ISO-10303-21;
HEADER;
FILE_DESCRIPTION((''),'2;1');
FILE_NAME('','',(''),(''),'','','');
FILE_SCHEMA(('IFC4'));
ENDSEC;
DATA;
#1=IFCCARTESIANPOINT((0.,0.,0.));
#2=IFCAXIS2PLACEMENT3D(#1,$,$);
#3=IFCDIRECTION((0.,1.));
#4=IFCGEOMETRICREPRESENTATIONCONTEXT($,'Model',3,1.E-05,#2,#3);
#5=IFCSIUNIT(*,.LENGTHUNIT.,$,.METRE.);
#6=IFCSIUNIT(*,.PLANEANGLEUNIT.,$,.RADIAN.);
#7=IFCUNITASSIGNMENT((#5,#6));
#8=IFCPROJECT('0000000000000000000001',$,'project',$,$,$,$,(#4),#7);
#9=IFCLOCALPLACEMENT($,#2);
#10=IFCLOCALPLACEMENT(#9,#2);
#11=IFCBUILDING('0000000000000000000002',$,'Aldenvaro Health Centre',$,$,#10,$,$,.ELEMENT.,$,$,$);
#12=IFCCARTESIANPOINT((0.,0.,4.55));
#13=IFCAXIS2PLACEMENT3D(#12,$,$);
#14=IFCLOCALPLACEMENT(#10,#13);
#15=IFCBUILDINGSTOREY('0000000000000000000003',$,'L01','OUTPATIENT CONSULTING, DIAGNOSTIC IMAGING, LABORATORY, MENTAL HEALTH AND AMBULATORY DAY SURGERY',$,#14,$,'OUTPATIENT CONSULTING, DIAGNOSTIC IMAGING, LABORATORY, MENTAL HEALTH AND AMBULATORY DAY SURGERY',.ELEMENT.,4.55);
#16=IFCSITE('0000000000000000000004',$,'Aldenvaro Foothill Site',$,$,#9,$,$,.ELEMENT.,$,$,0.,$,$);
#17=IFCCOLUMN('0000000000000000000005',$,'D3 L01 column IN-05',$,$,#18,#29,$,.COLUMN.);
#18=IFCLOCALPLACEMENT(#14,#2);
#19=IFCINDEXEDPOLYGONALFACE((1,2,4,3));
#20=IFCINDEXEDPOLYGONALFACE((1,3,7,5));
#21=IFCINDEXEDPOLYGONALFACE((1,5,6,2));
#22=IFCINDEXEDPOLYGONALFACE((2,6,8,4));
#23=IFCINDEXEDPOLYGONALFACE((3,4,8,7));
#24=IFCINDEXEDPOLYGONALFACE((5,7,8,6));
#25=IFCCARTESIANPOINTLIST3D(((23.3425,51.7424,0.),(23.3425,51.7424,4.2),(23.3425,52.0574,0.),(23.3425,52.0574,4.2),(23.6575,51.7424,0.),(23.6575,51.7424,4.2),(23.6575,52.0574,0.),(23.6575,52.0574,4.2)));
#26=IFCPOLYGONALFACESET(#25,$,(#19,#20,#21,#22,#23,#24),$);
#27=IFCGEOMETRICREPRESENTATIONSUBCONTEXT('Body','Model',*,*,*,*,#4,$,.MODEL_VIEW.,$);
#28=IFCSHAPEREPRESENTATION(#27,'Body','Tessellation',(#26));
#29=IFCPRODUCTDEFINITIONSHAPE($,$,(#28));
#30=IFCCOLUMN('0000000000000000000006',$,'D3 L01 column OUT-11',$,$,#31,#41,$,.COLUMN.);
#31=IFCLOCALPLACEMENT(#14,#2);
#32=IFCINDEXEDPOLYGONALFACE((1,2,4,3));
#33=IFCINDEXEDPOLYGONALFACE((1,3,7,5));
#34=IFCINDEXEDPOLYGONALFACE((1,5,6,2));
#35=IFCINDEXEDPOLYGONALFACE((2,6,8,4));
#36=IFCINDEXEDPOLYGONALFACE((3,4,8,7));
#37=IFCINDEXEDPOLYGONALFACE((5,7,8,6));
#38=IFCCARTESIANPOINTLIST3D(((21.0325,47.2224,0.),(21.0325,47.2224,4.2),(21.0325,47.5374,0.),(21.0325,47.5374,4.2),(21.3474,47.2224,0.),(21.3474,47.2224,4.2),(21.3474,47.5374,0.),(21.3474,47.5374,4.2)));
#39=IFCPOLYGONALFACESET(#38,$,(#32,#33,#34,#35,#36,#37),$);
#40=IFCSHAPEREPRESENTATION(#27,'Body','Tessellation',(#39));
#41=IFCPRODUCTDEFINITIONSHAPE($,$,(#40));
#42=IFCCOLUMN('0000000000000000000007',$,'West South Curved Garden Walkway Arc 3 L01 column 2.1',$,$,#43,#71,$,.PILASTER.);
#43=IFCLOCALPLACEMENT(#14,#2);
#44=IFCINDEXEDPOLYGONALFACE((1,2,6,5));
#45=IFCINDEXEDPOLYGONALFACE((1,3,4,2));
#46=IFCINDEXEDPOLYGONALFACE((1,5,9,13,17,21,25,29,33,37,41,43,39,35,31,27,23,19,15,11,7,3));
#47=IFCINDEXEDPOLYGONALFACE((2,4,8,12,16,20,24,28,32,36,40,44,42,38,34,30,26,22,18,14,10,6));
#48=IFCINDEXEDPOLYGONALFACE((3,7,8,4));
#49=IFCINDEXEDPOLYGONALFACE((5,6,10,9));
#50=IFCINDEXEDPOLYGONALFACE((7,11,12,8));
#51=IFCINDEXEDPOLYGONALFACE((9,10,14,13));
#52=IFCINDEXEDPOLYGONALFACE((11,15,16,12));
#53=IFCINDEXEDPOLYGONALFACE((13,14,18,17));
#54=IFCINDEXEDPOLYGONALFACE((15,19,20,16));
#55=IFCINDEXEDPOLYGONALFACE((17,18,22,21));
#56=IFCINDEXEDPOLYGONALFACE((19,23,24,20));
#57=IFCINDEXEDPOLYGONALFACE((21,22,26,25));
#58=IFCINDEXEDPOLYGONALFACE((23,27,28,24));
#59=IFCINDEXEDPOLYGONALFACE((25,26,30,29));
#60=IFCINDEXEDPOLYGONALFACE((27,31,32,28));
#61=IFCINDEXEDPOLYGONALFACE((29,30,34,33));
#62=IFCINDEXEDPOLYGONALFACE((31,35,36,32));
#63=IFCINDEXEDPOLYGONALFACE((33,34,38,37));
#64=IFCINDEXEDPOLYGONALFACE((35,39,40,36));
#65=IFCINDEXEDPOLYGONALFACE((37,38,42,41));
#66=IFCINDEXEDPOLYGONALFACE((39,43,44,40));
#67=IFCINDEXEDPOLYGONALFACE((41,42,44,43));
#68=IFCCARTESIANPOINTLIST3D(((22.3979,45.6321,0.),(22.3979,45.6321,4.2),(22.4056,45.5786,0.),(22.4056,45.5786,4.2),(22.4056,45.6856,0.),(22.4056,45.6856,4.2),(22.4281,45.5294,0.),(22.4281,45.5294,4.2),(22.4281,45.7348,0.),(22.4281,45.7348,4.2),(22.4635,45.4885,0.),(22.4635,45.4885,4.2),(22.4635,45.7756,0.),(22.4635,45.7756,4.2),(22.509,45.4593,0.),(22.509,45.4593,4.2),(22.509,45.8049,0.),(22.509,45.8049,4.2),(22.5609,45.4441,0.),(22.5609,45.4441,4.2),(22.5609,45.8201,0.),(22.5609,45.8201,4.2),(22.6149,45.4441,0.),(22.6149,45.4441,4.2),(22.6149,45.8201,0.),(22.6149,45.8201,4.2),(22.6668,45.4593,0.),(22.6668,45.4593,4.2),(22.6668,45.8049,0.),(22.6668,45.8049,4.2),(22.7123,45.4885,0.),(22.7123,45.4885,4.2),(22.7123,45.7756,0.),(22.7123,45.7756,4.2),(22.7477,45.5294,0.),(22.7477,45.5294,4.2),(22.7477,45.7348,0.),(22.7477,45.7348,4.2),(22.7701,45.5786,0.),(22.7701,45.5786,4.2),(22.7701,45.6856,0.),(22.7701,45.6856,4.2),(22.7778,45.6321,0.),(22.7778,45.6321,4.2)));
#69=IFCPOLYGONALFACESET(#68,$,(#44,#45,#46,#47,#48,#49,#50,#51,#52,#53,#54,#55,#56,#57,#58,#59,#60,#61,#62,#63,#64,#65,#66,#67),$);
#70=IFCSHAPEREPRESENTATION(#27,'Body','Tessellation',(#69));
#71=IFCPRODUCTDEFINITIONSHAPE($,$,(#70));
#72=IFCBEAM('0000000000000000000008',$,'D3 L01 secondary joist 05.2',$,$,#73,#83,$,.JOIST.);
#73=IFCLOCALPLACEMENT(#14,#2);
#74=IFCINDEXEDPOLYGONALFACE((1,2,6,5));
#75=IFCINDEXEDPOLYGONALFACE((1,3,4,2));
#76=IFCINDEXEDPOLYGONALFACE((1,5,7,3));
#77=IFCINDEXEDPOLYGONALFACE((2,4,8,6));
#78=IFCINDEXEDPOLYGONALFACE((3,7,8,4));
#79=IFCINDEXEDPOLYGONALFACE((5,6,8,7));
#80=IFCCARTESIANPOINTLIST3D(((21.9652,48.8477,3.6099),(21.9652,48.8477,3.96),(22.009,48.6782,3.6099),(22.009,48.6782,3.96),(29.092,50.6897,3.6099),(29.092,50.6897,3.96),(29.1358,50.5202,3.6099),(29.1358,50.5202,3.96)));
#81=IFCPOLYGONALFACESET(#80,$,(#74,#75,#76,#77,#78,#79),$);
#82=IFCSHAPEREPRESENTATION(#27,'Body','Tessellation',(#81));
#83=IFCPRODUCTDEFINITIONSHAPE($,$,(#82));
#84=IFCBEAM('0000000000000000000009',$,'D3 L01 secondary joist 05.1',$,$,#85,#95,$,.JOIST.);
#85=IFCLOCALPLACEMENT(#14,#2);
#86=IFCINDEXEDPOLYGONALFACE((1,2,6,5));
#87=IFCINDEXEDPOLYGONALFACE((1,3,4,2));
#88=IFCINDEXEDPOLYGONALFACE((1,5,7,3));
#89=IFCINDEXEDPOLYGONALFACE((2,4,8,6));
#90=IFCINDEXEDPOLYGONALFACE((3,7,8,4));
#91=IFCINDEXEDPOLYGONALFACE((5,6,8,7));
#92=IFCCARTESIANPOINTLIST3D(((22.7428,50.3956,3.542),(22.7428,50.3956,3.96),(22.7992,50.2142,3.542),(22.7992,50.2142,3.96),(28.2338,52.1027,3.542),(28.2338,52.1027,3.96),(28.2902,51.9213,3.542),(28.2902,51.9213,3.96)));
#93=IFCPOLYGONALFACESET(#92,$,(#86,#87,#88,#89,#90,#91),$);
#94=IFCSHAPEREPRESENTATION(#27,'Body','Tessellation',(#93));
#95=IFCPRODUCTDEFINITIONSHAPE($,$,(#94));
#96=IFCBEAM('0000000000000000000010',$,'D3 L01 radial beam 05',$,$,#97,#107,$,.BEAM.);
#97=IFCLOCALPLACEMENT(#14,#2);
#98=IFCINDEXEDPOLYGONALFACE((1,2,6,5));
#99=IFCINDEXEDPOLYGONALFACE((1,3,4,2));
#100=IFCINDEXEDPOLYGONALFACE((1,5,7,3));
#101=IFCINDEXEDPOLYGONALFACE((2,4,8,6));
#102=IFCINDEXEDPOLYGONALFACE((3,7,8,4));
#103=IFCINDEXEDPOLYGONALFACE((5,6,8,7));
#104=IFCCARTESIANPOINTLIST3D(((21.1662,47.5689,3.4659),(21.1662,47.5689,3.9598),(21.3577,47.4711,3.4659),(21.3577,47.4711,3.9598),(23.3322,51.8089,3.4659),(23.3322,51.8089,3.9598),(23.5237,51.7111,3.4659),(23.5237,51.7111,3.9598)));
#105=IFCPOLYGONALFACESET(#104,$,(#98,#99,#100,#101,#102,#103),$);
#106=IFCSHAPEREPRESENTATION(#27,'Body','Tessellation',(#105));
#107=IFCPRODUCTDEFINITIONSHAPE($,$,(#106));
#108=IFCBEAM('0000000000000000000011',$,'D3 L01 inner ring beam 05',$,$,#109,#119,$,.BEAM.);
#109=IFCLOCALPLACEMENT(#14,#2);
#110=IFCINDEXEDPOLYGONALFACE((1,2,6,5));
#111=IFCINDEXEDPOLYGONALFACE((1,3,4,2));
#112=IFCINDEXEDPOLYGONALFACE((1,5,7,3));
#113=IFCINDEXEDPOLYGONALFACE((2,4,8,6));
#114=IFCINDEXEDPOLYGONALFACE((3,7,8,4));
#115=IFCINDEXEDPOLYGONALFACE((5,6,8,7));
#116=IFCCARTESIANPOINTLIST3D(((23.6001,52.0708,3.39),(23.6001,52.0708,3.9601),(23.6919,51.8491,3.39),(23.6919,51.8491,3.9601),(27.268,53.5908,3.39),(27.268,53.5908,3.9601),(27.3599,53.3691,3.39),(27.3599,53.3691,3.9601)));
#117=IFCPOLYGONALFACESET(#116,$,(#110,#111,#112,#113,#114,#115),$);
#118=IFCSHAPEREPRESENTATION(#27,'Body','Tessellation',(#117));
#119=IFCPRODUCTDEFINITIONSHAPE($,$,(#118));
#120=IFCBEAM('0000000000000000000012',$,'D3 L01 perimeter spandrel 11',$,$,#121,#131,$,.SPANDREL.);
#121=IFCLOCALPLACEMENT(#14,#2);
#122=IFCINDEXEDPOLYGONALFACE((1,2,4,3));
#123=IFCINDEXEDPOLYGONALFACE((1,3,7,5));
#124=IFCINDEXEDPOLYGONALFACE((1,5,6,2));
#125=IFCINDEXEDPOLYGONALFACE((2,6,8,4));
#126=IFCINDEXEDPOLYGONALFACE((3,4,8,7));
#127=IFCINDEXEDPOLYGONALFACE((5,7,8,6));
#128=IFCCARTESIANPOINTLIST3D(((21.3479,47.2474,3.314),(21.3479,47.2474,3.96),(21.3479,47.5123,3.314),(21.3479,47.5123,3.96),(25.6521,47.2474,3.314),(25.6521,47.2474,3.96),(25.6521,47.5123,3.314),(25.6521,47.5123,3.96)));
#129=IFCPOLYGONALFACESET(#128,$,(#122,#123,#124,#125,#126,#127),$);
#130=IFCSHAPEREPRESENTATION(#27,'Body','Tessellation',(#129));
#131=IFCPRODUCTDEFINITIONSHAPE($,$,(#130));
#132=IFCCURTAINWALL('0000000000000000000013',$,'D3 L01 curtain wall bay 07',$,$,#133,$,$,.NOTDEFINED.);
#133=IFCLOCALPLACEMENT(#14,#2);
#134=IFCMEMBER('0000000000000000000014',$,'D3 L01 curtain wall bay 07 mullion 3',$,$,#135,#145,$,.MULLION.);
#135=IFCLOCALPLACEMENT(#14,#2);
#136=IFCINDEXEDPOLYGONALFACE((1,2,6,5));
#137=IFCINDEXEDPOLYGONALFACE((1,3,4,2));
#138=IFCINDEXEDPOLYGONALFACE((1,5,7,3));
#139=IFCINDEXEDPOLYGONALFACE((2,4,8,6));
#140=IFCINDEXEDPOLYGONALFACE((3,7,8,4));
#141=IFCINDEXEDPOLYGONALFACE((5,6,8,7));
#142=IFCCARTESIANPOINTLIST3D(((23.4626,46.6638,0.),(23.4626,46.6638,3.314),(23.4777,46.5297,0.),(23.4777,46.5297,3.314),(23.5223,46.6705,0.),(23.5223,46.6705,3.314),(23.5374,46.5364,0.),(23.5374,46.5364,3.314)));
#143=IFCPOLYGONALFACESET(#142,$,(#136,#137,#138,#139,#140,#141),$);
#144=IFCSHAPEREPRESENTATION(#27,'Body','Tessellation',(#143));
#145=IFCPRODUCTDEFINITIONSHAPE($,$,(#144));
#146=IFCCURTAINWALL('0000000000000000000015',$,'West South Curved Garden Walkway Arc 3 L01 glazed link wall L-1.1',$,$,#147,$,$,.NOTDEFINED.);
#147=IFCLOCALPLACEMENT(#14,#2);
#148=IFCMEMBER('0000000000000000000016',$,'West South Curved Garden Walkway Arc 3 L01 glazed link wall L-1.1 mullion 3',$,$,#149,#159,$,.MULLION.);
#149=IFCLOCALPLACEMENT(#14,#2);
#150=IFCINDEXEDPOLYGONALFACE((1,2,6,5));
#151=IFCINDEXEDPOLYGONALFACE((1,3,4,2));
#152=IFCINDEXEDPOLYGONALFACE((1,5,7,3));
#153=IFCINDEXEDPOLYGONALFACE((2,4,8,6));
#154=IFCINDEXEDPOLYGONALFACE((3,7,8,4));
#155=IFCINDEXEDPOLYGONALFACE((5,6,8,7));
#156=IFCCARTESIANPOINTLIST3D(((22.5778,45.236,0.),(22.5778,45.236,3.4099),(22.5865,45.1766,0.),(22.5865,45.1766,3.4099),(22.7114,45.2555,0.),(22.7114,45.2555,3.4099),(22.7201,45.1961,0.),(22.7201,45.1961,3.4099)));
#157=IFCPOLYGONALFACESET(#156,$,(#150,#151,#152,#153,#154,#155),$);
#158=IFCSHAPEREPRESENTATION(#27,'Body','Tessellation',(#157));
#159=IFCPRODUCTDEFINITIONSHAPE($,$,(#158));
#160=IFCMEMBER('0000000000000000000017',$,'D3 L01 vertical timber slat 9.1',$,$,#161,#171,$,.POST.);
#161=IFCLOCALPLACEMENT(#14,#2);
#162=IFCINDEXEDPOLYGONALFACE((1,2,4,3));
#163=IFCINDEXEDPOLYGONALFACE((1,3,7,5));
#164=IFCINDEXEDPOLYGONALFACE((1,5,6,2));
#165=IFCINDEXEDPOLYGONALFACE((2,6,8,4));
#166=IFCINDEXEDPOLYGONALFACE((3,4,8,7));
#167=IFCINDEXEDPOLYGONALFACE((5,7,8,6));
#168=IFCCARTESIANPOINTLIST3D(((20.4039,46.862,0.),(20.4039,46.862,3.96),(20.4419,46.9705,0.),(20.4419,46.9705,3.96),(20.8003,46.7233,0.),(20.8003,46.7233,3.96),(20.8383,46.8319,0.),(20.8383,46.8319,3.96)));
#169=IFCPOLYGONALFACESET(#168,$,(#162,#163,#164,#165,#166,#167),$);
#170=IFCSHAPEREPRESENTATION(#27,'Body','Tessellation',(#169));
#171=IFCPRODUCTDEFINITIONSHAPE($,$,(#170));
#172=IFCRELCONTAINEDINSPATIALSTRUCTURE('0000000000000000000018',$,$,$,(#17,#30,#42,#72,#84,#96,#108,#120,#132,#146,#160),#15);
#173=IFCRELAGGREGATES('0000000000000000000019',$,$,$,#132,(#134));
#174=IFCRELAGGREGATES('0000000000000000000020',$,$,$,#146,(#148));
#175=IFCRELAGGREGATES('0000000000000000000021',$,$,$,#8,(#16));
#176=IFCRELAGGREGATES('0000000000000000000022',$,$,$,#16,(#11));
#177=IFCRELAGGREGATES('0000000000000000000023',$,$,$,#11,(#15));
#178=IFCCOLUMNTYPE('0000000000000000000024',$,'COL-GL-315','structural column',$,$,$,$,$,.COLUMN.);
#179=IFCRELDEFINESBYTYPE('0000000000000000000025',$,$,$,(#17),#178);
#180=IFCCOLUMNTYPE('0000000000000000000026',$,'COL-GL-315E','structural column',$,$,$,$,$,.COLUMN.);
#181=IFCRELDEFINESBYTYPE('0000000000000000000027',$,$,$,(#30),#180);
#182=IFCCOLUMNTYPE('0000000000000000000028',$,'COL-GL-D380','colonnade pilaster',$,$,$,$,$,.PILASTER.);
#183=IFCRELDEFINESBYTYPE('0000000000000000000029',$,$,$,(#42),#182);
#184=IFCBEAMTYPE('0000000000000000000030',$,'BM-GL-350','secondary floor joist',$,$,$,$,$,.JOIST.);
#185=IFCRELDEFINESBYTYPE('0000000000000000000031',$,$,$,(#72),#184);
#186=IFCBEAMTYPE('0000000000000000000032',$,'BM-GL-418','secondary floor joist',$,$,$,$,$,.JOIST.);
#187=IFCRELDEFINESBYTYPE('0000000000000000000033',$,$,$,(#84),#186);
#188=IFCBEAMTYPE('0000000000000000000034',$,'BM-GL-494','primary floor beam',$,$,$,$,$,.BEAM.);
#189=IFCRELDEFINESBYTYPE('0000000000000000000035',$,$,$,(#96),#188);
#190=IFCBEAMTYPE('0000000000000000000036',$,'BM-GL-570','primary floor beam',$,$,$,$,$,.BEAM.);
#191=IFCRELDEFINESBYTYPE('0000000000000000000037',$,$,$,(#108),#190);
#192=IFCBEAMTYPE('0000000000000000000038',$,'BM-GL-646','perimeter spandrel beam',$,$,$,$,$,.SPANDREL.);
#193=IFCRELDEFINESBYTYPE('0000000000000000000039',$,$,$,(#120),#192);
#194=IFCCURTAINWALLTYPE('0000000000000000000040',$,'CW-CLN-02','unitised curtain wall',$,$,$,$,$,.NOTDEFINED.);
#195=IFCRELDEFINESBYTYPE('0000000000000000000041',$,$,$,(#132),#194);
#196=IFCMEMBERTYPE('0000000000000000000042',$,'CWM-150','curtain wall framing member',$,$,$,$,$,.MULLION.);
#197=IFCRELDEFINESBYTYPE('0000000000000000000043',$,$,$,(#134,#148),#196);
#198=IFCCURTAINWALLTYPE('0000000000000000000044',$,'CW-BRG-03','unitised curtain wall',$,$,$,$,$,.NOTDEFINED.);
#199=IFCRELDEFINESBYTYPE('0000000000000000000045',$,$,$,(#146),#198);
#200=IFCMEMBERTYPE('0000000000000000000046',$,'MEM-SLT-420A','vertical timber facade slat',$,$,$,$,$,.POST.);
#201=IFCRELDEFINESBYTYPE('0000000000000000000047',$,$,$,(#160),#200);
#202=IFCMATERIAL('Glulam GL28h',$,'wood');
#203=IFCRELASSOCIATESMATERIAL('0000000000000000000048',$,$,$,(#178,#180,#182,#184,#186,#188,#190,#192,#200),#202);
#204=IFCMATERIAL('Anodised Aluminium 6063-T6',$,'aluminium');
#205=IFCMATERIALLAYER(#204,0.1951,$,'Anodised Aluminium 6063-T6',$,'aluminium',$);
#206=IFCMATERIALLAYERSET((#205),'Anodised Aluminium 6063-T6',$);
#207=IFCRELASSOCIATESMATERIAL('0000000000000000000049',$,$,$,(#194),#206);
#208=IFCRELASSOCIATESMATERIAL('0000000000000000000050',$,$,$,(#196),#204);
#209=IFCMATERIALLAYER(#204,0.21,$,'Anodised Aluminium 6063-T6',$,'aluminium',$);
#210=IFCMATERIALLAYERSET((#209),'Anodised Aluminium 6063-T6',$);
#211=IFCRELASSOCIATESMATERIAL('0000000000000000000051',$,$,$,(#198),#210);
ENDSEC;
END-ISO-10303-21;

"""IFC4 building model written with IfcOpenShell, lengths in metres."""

from ifc_helpers import new_model, si_unit, direction, frame, origin, origin_2d, place, context, subcontext, project, spatial, rectangle, circle, extrude, material, layer, layer_set, material_profile, profile_set, type_object, element, aggregate, save


model = new_model("IFC4")

# Units and contexts
model_context = context("Model", 3, precision=1e-05, world=origin(), true_north=direction((0.0, 1.0)))
body_context = subcontext(model_context, "Body", "Model", "MODEL_VIEW")
ifc_project = project(units=[si_unit("LENGTHUNIT", "METRE"), si_unit("PLANEANGLEUNIT", "RADIAN")], contexts=[model_context])

# Site, building, storey
site_placement = place(None, origin())
site = spatial("IfcSite", under=ifc_project, at=site_placement, Name="Aldenvaro Foothill Site", CompositionType="ELEMENT", RefElevation=0.0)
building_placement = place(site_placement, origin())
building = spatial("IfcBuilding", under=site, at=building_placement, Name="Aldenvaro Health Centre", CompositionType="ELEMENT")
storey_placement = place(building_placement, frame((0.0, 0.0, 4.55)))
storey = spatial("IfcBuildingStorey", under=building, at=storey_placement, Name="L01", Description="OUTPATIENT CONSULTING, DIAGNOSTIC IMAGING, LABORATORY, MENTAL HEALTH AND AMBULATORY DAY SURGERY", LongName="OUTPATIENT CONSULTING, DIAGNOSTIC IMAGING, LABORATORY, MENTAL HEALTH AND AMBULATORY DAY SURGERY", CompositionType="ELEMENT", Elevation=4.55)

# Columns
ifc_material_1 = material(Name="Glulam GL28h", Category="wood")
ifc_material_profile_1 = material_profile(ifc_material_1, rectangle(XDim=0.3149, YDim=0.3149, at=origin_2d()), Name="GL 315x315", Category="wood")
ifc_profile_set_1 = profile_set([ifc_material_profile_1], Name="Glulam GL28h")
column_type_1 = type_object("IfcColumnType", Name="COL-GL-315", Description="structural column", PredefinedType="COLUMN", material=ifc_profile_set_1)
column_1_placement = place(storey_placement, frame((23.5, 51.8999, 0.0), z_axis=(0.0, 0.0, 1.0), x_axis=(1.0, 0.0, 0.0)))
element("IfcColumn", 1, at=column_1_placement, inside=storey, type_object=column_type_1, Name="D3 L01 column IN-05", PredefinedType="COLUMN", context=body_context, shape_type="SweptSolid", body=[
    extrude(rectangle(XDim=0.3149, YDim=0.3149, at=origin_2d()), origin(), (0.0, 0.0, 1.0), 4.2),
])
ifc_material_profile_2 = material_profile(ifc_material_1, rectangle(XDim=0.3149, YDim=0.3149, at=origin_2d()), Name="GL 315x315", Category="wood")
ifc_profile_set_2 = profile_set([ifc_material_profile_2], Name="Glulam GL28h")
column_type_2 = type_object("IfcColumnType", Name="COL-GL-315E", Description="structural column", PredefinedType="COLUMN", material=ifc_profile_set_2)
column_2_placement = place(storey_placement, frame((21.1899, 47.3799, 0.0), z_axis=(0.0, 0.0, 1.0), x_axis=(1.0, 0.0, 0.0)))
element("IfcColumn", 2, at=column_2_placement, inside=storey, type_object=column_type_2, Name="D3 L01 column OUT-11", PredefinedType="COLUMN", context=body_context, shape_type="SweptSolid", body=[
    extrude(rectangle(XDim=0.3149, YDim=0.3149, at=origin_2d()), origin(), (0.0, 0.0, 1.0), 4.2),
])
ifc_material_profile_3 = material_profile(ifc_material_1, circle(Radius=0.1899, at=origin_2d()), Name="GL D380", Category="wood")
ifc_profile_set_3 = profile_set([ifc_material_profile_3], Name="Glulam GL28h")
column_type_3 = type_object("IfcColumnType", Name="COL-GL-D380", Description="colonnade pilaster", PredefinedType="PILASTER", material=ifc_profile_set_3)
column_3_placement = place(storey_placement, frame((22.5879, 45.6321, 0.0), z_axis=(0.0, 0.0, 1.0), x_axis=(1.0, 0.0, 0.0)))
element("IfcColumn", 3, at=column_3_placement, inside=storey, type_object=column_type_3, Name="West South Curved Garden Walkway Arc 3 L01 column 2.1", PredefinedType="PILASTER", context=body_context, shape_type="SweptSolid", body=[
    extrude(circle(Radius=0.1899, at=origin_2d()), origin(), (0.0, 0.0, 1.0), 4.2),
])

# Beams
ifc_material_profile_4 = material_profile(ifc_material_1, rectangle(XDim=0.175, YDim=0.3501, at=origin_2d()), Name="GL 175x350", Category="wood")
ifc_profile_set_4 = profile_set([ifc_material_profile_4], Name="Glulam GL28h")
beam_type_1 = type_object("IfcBeamType", Name="BM-GL-350", Description="secondary floor joist", PredefinedType="JOIST", material=ifc_profile_set_4)
beam_1_placement = place(storey_placement, frame((21.9871, 48.7629, 3.7849), z_axis=(0.968184, 0.250238, 0.0), x_axis=(-0.250238, 0.968184, 0.0)))
element("IfcBeam", 4, at=beam_1_placement, inside=storey, type_object=beam_type_1, Name="D3 L01 secondary joist 05.2", PredefinedType="JOIST", context=body_context, shape_type="SweptSolid", body=[
    extrude(rectangle(XDim=0.175, YDim=0.3501, at=origin_2d()), origin(), (0.0, 0.0, 1.0), 7.3611),
])
ifc_material_profile_5 = material_profile(ifc_material_1, rectangle(XDim=0.1899, YDim=0.418, at=origin_2d()), Name="GL 190x418", Category="wood")
ifc_profile_set_5 = profile_set([ifc_material_profile_5], Name="Glulam GL28h")
beam_type_2 = type_object("IfcBeamType", Name="BM-GL-418", Description="secondary floor joist", PredefinedType="JOIST", material=ifc_profile_set_5)
beam_2_placement = place(storey_placement, frame((22.771, 50.3049, 3.751), z_axis=(0.954919, 0.296865, 0.0), x_axis=(-0.296865, 0.954919, 0.0)))
element("IfcBeam", 5, at=beam_2_placement, inside=storey, type_object=beam_type_2, Name="D3 L01 secondary joist 05.1", PredefinedType="JOIST", context=body_context, shape_type="SweptSolid", body=[
    extrude(rectangle(XDim=0.1899, YDim=0.418, at=origin_2d()), origin(), (0.0, 0.0, 1.0), 5.7502),
])
ifc_material_profile_6 = material_profile(ifc_material_1, rectangle(XDim=0.2151, YDim=0.4939, at=origin_2d()), Name="GL 215x494", Category="wood")
ifc_profile_set_6 = profile_set([ifc_material_profile_6], Name="Glulam GL28h")
beam_type_3 = type_object("IfcBeamType", Name="BM-GL-494", Description="primary floor beam", PredefinedType="BEAM", material=ifc_profile_set_6)
beam_3_placement = place(storey_placement, frame((23.428, 51.76, 3.7129), z_axis=(-0.454929, -0.890527, 0.0), x_axis=(0.890527, -0.454929, 0.0)))
element("IfcBeam", 6, at=beam_3_placement, inside=storey, type_object=beam_type_3, Name="D3 L01 radial beam 05", PredefinedType="BEAM", context=body_context, shape_type="SweptSolid", body=[
    extrude(rectangle(XDim=0.2151, YDim=0.4939, at=origin_2d()), origin(), (0.0, 0.0, 1.0), 4.7612),
])
ifc_material_profile_7 = material_profile(ifc_material_1, rectangle(XDim=0.24, YDim=0.5701, at=origin_2d()), Name="GL 240x570", Category="wood")
ifc_profile_set_7 = profile_set([ifc_material_profile_7], Name="Glulam GL28h")
beam_type_4 = type_object("IfcBeamType", Name="BM-GL-570", Description="primary floor beam", PredefinedType="BEAM", material=ifc_profile_set_7)
beam_4_placement = place(storey_placement, frame((23.646, 51.96, 3.675), z_axis=(0.923817, 0.382833, 0.0), x_axis=(-0.382833, 0.923817, 0.0)))
element("IfcBeam", 7, at=beam_4_placement, inside=storey, type_object=beam_type_4, Name="D3 L01 inner ring beam 05", PredefinedType="BEAM", context=body_context, shape_type="SweptSolid", body=[
    extrude(rectangle(XDim=0.24, YDim=0.5701, at=origin_2d()), origin(), (0.0, 0.0, 1.0), 3.9705),
])
ifc_material_profile_8 = material_profile(ifc_material_1, rectangle(XDim=0.2649, YDim=0.646, at=origin_2d()), Name="GL 265x646", Category="wood")
ifc_profile_set_8 = profile_set([ifc_material_profile_8], Name="Glulam GL28h")
beam_type_5 = type_object("IfcBeamType", Name="BM-GL-646", Description="perimeter spandrel beam", PredefinedType="SPANDREL", material=ifc_profile_set_8)
beam_5_placement = place(storey_placement, frame((21.3479, 47.3799, 3.637), z_axis=(1.0, 0.0, 0.0), x_axis=(0.0, 1.0, 0.0)))
element("IfcBeam", 8, at=beam_5_placement, inside=storey, type_object=beam_type_5, Name="D3 L01 perimeter spandrel 11", PredefinedType="SPANDREL", context=body_context, shape_type="SweptSolid", body=[
    extrude(rectangle(XDim=0.2649, YDim=0.646, at=origin_2d()), origin(), (0.0, 0.0, 1.0), 4.3042),
])

# Curtain walls, members
ifc_material_2 = material(Name="Anodised Aluminium 6063-T6", Category="aluminium")
ifc_layer_1 = layer(ifc_material_2, 0.1951, Name="Anodised Aluminium 6063-T6", Category="aluminium")
ifc_layer_set_1 = layer_set([ifc_layer_1], Name="Anodised Aluminium 6063-T6")
curtain_wall_type_1 = type_object("IfcCurtainWallType", Name="CW-CLN-02", Description="unitised curtain wall", PredefinedType="NOTDEFINED", material=ifc_layer_set_1)
curtain_wall_1_placement = place(storey_placement, origin())
curtain_wall_1 = element("IfcCurtainWall", 9, at=curtain_wall_1_placement, inside=storey, type_object=curtain_wall_type_1, Name="D3 L01 curtain wall bay 07", PredefinedType="NOTDEFINED")
ifc_material_profile_9 = material_profile(ifc_material_2, rectangle(XDim=0.0601, YDim=0.135, at=origin_2d()), Name="ALU 60x135", Category="aluminium")
ifc_profile_set_9 = profile_set([ifc_material_profile_9], Name="Anodised Aluminium 6063-T6")
member_type_1 = type_object("IfcMemberType", Name="CWM-150", Description="curtain wall framing member", PredefinedType="MULLION", material=ifc_profile_set_9)
member_1_placement = place(storey_placement, frame((23.5, 46.6001, 0.0), z_axis=(0.0, 0.0, 1.0), x_axis=(-0.993723, -0.111871, 0.0)))
member_1 = element("IfcMember", 10, at=member_1_placement, type_object=member_type_1, Name="D3 L01 curtain wall bay 07 mullion 3", PredefinedType="MULLION", context=body_context, shape_type="SweptSolid", body=[
    extrude(rectangle(XDim=0.0601, YDim=0.135, at=origin_2d()), origin(), (0.0, 0.0, 1.0), 3.314),
])
aggregate(curtain_wall_1, [member_1])
ifc_layer_2 = layer(ifc_material_2, 0.21, Name="Anodised Aluminium 6063-T6", Category="aluminium")
ifc_layer_set_2 = layer_set([ifc_layer_2], Name="Anodised Aluminium 6063-T6")
curtain_wall_type_2 = type_object("IfcCurtainWallType", Name="CW-BRG-03", Description="unitised curtain wall", PredefinedType="NOTDEFINED", material=ifc_layer_set_2)
curtain_wall_2_placement = place(storey_placement, origin())
curtain_wall_2 = element("IfcCurtainWall", 11, at=curtain_wall_2_placement, inside=storey, type_object=curtain_wall_type_2, Name="West South Curved Garden Walkway Arc 3 L01 glazed link wall L-1.1", PredefinedType="NOTDEFINED")
member_2_placement = place(storey_placement, frame((22.6489, 45.2161, 0.0), z_axis=(0.0, 0.0, 1.0), x_axis=(-0.144628, 0.989486, 0.0)))
member_2 = element("IfcMember", 12, at=member_2_placement, type_object=member_type_1, Name="West South Curved Garden Walkway Arc 3 L01 glazed link wall L-1.1 mullion 3", PredefinedType="MULLION", context=body_context, shape_type="SweptSolid", body=[
    extrude(rectangle(XDim=0.0601, YDim=0.135, at=origin_2d()), origin(), (0.0, 0.0, 1.0), 3.4099),
])
aggregate(curtain_wall_2, [member_2])

# Member
ifc_material_profile_10 = material_profile(ifc_material_1, rectangle(XDim=0.115, YDim=0.4199, at=origin_2d()), Name="GL 115x420", Category="wood")
ifc_profile_set_10 = profile_set([ifc_material_profile_10], Name="Glulam GL28h")
member_type_2 = type_object("IfcMemberType", Name="MEM-SLT-420A", Description="vertical timber facade slat", PredefinedType="POST", material=ifc_profile_set_10)
for number, where, z_axis, x_axis, name in (
    (13, (20.6211, 46.8469, 0.0), (0.0, 0.0, 1.0), (-0.330204, -0.943909, 0.0), "D3 L01 vertical timber slat 9.1"),
):
    element("IfcMember", number, at=place(storey_placement, frame(where, z_axis=z_axis, x_axis=x_axis)), inside=storey, type_object=member_type_2, Name=name, PredefinedType="POST", context=body_context, shape_type="SweptSolid", body=[
        extrude(rectangle(XDim=0.115, YDim=0.4199, at=origin_2d()), origin(), (0.0, 0.0, 1.0), 3.96),
    ])

save(model, "model.ifc")
